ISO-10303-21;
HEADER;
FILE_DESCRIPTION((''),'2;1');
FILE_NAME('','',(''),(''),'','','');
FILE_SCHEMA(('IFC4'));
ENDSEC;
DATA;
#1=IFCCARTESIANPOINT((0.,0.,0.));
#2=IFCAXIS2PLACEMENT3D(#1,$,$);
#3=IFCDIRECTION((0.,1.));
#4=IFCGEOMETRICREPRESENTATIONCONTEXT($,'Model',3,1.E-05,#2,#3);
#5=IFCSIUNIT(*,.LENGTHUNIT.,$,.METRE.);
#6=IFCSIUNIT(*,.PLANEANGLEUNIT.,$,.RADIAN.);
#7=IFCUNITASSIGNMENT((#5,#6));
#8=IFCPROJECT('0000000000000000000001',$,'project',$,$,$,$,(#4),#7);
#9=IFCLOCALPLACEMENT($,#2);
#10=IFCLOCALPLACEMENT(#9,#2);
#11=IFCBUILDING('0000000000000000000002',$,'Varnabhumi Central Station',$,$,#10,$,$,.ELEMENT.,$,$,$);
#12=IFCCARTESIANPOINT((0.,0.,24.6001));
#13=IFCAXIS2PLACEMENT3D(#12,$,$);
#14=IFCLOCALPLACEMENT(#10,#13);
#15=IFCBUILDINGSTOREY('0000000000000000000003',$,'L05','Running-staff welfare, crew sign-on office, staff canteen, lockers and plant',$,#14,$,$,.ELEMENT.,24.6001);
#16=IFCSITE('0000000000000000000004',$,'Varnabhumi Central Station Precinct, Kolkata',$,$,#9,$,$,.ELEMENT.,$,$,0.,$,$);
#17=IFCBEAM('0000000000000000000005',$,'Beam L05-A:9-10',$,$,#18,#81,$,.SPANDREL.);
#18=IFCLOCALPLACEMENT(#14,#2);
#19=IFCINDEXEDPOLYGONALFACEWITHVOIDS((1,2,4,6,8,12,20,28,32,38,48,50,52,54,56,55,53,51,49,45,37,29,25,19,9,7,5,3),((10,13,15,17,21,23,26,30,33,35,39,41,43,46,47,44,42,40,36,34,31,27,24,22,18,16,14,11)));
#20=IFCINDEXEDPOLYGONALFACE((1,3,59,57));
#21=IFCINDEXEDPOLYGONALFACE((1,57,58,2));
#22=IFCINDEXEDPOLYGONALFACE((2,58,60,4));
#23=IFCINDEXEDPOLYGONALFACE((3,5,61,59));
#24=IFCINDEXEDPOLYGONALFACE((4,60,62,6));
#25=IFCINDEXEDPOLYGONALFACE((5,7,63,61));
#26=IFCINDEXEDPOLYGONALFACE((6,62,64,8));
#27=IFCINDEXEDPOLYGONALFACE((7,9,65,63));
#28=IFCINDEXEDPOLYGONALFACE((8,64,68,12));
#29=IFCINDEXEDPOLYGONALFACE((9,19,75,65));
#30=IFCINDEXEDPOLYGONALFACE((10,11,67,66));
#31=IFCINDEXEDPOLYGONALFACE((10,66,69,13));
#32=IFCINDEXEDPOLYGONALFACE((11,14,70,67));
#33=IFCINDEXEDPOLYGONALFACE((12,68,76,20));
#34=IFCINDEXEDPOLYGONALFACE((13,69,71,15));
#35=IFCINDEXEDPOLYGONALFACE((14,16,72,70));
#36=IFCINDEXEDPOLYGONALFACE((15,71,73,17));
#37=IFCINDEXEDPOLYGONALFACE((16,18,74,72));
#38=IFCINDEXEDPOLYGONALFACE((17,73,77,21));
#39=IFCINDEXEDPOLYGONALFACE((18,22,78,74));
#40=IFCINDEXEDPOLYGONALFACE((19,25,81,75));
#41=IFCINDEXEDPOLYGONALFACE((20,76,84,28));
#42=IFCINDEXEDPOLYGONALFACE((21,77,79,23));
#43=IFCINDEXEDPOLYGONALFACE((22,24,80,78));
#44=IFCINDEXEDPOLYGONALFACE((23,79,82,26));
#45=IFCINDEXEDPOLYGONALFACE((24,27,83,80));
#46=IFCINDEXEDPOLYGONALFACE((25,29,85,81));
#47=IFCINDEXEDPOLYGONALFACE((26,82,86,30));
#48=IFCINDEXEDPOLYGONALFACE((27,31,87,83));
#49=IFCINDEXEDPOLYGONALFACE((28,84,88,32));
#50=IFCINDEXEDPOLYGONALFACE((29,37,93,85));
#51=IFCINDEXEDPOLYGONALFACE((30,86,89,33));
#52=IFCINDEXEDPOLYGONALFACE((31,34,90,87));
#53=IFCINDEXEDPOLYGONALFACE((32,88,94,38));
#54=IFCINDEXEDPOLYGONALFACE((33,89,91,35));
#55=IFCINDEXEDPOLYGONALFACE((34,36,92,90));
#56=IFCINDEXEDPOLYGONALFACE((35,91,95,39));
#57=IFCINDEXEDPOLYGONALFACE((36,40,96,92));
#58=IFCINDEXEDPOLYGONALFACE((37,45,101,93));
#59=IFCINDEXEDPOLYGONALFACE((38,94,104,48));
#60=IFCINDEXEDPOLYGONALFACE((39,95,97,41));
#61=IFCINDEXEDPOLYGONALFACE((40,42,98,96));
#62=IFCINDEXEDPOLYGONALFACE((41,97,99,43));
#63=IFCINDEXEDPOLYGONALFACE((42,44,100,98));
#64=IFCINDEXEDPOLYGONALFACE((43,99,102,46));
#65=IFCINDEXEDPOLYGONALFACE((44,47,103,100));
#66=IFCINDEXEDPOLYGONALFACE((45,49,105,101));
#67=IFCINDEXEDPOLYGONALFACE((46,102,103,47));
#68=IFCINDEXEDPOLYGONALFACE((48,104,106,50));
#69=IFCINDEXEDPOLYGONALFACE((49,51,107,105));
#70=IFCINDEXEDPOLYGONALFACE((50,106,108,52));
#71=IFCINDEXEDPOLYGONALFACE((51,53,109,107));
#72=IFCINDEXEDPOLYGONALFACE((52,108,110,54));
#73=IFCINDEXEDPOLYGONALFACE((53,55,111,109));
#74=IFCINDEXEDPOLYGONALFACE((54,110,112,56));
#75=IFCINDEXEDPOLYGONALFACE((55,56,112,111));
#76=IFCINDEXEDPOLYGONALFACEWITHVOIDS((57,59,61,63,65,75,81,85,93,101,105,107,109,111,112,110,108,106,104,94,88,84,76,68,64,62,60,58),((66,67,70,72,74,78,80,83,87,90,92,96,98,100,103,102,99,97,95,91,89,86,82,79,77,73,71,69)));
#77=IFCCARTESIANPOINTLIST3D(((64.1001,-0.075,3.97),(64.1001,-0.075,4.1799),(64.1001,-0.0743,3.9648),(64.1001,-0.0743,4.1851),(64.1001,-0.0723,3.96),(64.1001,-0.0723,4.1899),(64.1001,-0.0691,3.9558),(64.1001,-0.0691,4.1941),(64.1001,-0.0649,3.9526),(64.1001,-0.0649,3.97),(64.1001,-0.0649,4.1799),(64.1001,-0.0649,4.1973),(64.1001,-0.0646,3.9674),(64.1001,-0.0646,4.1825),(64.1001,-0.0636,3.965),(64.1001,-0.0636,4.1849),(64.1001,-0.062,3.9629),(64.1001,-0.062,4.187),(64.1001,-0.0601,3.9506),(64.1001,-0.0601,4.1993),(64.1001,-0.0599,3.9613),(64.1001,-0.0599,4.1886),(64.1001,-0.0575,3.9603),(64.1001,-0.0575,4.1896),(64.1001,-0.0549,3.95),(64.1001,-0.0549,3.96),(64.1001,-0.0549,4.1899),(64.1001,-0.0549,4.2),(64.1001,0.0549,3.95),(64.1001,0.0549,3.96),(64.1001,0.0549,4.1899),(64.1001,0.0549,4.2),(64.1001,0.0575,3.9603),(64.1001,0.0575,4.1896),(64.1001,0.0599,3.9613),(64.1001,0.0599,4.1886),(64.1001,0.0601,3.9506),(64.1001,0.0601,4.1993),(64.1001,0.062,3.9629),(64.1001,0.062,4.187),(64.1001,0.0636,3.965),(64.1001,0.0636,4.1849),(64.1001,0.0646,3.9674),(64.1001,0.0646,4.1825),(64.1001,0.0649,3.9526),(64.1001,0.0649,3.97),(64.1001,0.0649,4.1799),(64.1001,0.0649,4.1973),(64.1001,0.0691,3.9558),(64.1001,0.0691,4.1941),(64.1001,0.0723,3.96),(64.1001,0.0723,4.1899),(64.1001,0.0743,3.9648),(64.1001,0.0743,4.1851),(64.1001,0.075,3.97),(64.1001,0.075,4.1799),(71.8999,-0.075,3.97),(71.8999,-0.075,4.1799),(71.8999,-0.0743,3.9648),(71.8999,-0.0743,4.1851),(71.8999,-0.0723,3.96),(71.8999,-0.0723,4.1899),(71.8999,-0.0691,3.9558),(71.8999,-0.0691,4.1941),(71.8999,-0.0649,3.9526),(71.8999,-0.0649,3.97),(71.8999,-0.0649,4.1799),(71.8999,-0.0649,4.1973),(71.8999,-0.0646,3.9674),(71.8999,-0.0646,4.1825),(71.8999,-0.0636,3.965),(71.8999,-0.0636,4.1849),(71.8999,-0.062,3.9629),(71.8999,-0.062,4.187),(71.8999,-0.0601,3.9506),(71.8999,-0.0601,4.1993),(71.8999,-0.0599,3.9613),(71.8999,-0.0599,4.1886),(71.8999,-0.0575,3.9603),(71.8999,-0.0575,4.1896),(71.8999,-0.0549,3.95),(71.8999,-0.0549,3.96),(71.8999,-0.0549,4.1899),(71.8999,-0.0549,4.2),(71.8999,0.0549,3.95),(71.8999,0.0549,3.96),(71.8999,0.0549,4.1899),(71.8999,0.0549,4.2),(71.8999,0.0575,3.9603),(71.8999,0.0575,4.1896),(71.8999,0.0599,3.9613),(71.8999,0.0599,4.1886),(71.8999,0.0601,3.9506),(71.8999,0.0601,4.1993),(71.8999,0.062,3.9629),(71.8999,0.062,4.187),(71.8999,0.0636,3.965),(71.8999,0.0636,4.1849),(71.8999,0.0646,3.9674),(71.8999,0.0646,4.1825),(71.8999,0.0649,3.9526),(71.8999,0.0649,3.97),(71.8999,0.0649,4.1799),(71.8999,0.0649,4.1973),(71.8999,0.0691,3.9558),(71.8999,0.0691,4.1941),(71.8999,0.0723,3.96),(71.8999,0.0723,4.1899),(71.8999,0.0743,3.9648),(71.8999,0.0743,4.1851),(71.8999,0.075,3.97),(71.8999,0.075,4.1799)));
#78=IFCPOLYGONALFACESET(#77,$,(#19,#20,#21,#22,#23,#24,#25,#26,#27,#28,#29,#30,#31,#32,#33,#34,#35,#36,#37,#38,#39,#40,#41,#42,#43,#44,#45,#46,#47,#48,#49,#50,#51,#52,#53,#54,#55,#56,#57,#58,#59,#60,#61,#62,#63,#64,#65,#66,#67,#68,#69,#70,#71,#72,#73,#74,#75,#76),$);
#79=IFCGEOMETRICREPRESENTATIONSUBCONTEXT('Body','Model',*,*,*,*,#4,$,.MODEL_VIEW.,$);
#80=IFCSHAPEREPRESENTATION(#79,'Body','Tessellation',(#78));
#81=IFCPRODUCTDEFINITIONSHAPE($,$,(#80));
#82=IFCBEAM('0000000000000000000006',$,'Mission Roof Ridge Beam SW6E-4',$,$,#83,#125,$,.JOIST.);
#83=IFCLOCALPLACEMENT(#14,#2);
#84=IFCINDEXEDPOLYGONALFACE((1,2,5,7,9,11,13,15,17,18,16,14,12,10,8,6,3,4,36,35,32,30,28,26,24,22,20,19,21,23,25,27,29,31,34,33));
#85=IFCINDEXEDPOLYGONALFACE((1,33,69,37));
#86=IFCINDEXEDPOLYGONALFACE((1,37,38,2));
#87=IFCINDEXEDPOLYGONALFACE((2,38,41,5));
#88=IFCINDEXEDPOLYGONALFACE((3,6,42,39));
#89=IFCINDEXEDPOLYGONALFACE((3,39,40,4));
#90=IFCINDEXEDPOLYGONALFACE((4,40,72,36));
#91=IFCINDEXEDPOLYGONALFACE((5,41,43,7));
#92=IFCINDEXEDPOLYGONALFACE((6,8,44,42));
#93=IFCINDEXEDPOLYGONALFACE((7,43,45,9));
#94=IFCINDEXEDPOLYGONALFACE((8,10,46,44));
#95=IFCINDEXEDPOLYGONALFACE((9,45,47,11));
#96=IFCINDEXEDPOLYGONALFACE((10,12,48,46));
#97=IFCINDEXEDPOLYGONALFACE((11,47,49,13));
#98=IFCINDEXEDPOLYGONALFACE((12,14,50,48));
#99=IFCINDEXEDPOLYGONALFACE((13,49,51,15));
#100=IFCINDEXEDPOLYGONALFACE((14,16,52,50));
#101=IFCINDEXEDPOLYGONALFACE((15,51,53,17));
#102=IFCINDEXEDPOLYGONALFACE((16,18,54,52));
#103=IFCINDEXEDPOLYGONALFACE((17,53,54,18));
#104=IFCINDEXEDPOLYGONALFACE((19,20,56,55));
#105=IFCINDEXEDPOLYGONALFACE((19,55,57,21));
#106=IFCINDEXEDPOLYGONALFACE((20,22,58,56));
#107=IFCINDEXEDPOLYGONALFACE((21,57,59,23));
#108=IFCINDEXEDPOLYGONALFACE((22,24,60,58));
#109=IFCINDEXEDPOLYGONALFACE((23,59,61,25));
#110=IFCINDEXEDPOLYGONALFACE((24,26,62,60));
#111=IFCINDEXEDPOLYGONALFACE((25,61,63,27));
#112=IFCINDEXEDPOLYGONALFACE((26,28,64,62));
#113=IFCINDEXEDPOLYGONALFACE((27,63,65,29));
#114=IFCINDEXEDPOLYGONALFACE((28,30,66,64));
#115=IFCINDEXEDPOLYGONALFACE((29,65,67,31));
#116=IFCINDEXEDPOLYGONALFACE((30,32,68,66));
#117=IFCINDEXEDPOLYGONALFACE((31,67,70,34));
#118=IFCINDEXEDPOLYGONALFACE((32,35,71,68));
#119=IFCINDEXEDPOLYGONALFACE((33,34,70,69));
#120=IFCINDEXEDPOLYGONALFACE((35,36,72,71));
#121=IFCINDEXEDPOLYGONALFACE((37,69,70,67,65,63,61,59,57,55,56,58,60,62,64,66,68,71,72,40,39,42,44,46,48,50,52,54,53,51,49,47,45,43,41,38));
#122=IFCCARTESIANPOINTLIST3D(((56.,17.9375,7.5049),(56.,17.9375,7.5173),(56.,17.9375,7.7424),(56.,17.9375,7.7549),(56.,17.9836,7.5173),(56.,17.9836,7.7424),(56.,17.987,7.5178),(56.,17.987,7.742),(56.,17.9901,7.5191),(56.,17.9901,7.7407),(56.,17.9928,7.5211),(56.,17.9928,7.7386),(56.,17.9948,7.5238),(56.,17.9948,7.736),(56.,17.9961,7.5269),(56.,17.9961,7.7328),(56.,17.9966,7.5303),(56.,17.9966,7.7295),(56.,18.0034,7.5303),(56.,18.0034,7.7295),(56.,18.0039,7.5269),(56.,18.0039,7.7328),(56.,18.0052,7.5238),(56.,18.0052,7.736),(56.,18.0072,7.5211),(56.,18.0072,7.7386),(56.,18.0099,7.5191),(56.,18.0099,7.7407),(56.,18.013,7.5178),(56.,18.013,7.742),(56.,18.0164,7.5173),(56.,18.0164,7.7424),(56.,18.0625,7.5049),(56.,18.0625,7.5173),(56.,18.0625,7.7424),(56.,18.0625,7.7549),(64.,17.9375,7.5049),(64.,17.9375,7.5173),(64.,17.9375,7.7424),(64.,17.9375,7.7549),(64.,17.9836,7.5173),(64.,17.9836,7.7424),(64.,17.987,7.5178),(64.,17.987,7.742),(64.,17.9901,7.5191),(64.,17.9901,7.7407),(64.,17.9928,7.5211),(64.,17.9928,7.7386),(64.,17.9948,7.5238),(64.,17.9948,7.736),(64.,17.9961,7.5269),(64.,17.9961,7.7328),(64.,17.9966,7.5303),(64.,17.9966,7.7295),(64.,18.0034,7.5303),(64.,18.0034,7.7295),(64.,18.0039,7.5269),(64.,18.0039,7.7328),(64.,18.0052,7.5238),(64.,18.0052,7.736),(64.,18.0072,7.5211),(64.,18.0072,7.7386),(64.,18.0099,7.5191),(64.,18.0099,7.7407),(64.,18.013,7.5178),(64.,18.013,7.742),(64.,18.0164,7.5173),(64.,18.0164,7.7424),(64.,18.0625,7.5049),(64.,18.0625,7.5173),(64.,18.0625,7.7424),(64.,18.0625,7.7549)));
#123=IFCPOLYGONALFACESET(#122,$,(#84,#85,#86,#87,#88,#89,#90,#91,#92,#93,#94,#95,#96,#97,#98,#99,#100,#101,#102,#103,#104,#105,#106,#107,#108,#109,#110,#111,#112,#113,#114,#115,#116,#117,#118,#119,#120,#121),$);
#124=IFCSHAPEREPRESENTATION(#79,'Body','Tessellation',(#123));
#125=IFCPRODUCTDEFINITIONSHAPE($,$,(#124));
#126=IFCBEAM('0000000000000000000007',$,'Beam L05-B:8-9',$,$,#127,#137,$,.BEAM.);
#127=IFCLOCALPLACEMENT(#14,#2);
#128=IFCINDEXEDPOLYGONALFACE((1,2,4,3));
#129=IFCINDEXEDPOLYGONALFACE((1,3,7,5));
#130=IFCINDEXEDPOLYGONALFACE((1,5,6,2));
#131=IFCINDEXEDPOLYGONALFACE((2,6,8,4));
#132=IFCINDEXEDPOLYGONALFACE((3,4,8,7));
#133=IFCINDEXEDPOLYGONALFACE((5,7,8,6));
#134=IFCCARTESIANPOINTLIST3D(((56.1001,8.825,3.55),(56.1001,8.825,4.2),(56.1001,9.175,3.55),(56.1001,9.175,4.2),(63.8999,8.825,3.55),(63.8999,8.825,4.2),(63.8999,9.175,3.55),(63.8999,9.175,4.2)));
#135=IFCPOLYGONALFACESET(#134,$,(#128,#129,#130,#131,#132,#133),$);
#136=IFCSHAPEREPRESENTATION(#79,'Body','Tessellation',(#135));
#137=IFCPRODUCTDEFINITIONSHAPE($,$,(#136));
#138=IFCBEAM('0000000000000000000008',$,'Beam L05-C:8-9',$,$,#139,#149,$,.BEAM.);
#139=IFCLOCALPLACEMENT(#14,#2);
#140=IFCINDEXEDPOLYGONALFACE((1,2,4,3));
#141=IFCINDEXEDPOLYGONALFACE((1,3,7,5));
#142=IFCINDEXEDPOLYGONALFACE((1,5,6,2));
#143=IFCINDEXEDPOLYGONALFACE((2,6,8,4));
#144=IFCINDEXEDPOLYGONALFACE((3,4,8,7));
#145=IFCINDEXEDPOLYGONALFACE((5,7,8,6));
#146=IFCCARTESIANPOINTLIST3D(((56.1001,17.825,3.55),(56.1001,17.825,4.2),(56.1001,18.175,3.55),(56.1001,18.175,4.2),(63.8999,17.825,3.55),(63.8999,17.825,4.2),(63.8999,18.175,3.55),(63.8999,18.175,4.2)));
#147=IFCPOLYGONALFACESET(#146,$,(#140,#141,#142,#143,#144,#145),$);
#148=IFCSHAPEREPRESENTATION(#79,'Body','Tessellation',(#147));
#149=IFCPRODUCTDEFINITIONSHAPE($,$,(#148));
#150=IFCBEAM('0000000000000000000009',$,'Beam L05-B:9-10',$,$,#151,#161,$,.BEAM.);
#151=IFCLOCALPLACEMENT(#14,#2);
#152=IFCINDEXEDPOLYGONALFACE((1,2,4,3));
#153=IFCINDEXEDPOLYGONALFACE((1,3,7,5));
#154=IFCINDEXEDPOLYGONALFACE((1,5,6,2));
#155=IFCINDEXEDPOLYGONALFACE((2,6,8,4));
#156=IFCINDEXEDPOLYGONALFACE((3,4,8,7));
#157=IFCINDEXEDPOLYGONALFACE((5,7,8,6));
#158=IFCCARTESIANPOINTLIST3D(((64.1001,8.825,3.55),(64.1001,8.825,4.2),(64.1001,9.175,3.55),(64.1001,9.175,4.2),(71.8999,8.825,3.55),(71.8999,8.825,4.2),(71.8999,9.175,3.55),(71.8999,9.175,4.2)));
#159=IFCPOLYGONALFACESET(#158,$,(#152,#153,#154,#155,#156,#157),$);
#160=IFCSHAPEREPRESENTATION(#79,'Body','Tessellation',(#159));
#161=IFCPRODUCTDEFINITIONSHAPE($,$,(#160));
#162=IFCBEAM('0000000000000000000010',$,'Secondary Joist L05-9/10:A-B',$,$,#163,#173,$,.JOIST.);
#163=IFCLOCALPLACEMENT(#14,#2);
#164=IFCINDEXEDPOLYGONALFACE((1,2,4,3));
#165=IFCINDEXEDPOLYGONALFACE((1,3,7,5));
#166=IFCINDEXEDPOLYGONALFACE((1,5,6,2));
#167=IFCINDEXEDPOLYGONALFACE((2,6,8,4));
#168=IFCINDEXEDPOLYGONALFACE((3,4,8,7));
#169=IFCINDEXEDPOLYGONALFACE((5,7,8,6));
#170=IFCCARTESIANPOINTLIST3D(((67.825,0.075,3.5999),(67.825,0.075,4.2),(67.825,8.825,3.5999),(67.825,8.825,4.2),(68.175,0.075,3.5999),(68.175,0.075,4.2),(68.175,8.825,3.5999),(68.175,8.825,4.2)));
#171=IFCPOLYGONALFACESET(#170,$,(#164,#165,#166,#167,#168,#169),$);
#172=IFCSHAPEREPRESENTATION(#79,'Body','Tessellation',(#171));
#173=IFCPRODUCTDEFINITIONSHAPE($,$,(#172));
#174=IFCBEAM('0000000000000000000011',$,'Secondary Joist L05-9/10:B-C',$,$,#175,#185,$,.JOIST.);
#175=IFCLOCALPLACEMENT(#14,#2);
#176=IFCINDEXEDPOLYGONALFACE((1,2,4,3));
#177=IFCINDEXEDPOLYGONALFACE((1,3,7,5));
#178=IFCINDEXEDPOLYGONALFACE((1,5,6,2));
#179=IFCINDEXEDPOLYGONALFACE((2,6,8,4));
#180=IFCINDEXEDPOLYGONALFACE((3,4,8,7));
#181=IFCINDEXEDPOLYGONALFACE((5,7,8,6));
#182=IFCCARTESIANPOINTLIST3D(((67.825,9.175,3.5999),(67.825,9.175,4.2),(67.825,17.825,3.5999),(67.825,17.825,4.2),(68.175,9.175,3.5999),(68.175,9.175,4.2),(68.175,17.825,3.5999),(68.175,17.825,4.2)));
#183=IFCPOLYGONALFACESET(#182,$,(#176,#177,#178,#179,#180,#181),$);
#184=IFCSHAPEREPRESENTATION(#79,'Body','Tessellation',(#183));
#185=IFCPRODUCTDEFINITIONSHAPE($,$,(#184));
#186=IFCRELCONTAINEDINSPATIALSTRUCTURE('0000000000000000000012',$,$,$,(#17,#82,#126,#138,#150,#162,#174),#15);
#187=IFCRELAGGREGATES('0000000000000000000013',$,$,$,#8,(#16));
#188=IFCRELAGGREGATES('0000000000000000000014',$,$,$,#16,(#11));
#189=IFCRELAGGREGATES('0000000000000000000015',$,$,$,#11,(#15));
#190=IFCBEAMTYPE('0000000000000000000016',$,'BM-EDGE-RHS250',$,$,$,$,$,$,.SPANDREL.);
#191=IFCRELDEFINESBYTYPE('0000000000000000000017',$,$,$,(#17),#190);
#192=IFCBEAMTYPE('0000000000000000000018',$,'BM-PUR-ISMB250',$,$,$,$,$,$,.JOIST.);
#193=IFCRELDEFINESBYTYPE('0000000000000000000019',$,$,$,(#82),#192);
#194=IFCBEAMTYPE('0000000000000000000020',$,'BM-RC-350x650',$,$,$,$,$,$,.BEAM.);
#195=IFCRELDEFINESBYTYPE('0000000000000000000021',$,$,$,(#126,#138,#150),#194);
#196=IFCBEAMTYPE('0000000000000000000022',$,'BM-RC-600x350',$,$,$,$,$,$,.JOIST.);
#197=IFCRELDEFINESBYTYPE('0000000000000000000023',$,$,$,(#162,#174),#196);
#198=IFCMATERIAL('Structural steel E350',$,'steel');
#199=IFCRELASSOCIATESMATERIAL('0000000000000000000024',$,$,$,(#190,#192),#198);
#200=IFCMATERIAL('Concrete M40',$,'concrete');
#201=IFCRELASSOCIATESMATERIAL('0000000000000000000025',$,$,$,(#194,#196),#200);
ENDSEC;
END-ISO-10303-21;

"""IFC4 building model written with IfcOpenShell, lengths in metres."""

from ifc_helpers import new_model, si_unit, direction, frame, origin, origin_2d, place, context, subcontext, project, spatial, rectangle, hollow_rectangle, i_section, extrude, material, material_profile, profile_set, type_object, element, save


model = new_model("IFC4")

# Units and contexts
model_context = context("Model", 3, precision=1e-05, world=origin(), true_north=direction((0.0, 1.0)))
body_context = subcontext(model_context, "Body", "Model", "MODEL_VIEW")
ifc_project = project(units=[si_unit("LENGTHUNIT", "METRE"), si_unit("PLANEANGLEUNIT", "RADIAN")], contexts=[model_context])

# Site, building, storey
site_placement = place(None, origin())
site = spatial("IfcSite", under=ifc_project, at=site_placement, Name="Varnabhumi Central Station Precinct, Kolkata", CompositionType="ELEMENT", RefElevation=0.0)
building_placement = place(site_placement, origin())
building = spatial("IfcBuilding", under=site, at=building_placement, Name="Varnabhumi Central Station", CompositionType="ELEMENT")
storey_placement = place(building_placement, frame((0.0, 0.0, 24.6001)))
storey = spatial("IfcBuildingStorey", under=building, at=storey_placement, Name="L05", Description="Running-staff welfare, crew sign-on office, staff canteen, lockers and plant", CompositionType="ELEMENT", Elevation=24.6001)

# Shared definitions
ifc_material_1 = material(Name="Concrete M40", Category="concrete")
ifc_material_2 = material(Name="Structural steel E350", Category="steel")

# Beams
ifc_material_profile_1 = material_profile(ifc_material_2, hollow_rectangle(XDim=0.1499, YDim=0.25, WallThickness=0.01, InnerFilletRadius=0.01, OuterFilletRadius=0.02, at=origin_2d()), Name="Structural steel E350", Category="steel")
ifc_profile_set_1 = profile_set([ifc_material_profile_1], Name="Structural steel E350")
beam_type_1 = type_object("IfcBeamType", Name="BM-EDGE-RHS250", PredefinedType="SPANDREL", material=ifc_profile_set_1)
for number, where, z_axis, x_axis, name in (
    (1, (64.1001, 0.0, 4.075), (1.0, 0.0, 0.0), (0.0, 1.0, 0.0), "Beam L05-A:9-10"),
):
    element("IfcBeam", number, at=place(storey_placement, frame(where, z_axis=z_axis, x_axis=x_axis)), inside=storey, type_object=beam_type_1, Name=name, PredefinedType="SPANDREL", context=body_context, shape_type="SweptSolid", body=[
        extrude(hollow_rectangle(XDim=0.1499, YDim=0.25, WallThickness=0.01, InnerFilletRadius=0.01, OuterFilletRadius=0.02, at=origin_2d()), origin(), (0.0, 0.0, 1.0), 7.7998),
    ])
ifc_material_profile_2 = material_profile(ifc_material_2, i_section(OverallWidth=0.125, OverallDepth=0.25, WebThickness=0.0068, FlangeThickness=0.0125, FilletRadius=0.0129, at=origin_2d()), Name="Structural steel E350", Category="steel")
ifc_profile_set_2 = profile_set([ifc_material_profile_2], Name="Structural steel E350")
beam_type_2 = type_object("IfcBeamType", Name="BM-PUR-ISMB250", PredefinedType="JOIST", material=ifc_profile_set_2)
beam_1_placement = place(storey_placement, frame((56.0, 18.0, 7.6299), z_axis=(1.0, 0.0, 0.0), x_axis=(0.0, 1.0, 0.0)))
element("IfcBeam", 2, at=beam_1_placement, inside=storey, type_object=beam_type_2, Name="Mission Roof Ridge Beam SW6E-4", PredefinedType="JOIST", context=body_context, shape_type="SweptSolid", body=[
    extrude(i_section(OverallWidth=0.125, OverallDepth=0.25, WebThickness=0.0068, FlangeThickness=0.0125, FilletRadius=0.0129, at=origin_2d()), origin(), (0.0, 0.0, 1.0), 8.0),
])
ifc_material_profile_3 = material_profile(ifc_material_1, rectangle(XDim=0.3501, YDim=0.6499, at=origin_2d()), Name="Concrete M40", Category="concrete")
ifc_profile_set_3 = profile_set([ifc_material_profile_3], Name="Concrete M40")
beam_type_3 = type_object("IfcBeamType", Name="BM-RC-350x650", PredefinedType="BEAM", material=ifc_profile_set_3)
for number, where, z_axis, x_axis, name in (
    (3, (56.1001, 9.0, 3.875), (1.0, 0.0, 0.0), (0.0, 1.0, 0.0), "Beam L05-B:8-9"),
    (4, (56.1001, 18.0, 3.875), (1.0, 0.0, 0.0), (0.0, 1.0, 0.0), "Beam L05-C:8-9"),
    (5, (64.1001, 9.0, 3.875), (1.0, 0.0, 0.0), (0.0, 1.0, 0.0), "Beam L05-B:9-10"),
):
    element("IfcBeam", number, at=place(storey_placement, frame(where, z_axis=z_axis, x_axis=x_axis)), inside=storey, type_object=beam_type_3, Name=name, PredefinedType="BEAM", context=body_context, shape_type="SweptSolid", body=[
        extrude(rectangle(XDim=0.3501, YDim=0.6499, at=origin_2d()), origin(), (0.0, 0.0, 1.0), 7.7998),
    ])
ifc_material_profile_4 = material_profile(ifc_material_1, rectangle(XDim=0.3501, YDim=0.6001, at=origin_2d()), Name="Concrete M40", Category="concrete")
ifc_profile_set_4 = profile_set([ifc_material_profile_4], Name="Concrete M40")
beam_type_4 = type_object("IfcBeamType", Name="BM-RC-600x350", PredefinedType="JOIST", material=ifc_profile_set_4)
beam_2_placement = place(storey_placement, frame((68.0, 0.075, 3.8999), z_axis=(0.0, 1.0, 0.0), x_axis=(-1.0, 0.0, 0.0)))
element("IfcBeam", 6, at=beam_2_placement, inside=storey, type_object=beam_type_4, Name="Secondary Joist L05-9/10:A-B", PredefinedType="JOIST", context=body_context, shape_type="SweptSolid", body=[
    extrude(rectangle(XDim=0.3501, YDim=0.6001, at=origin_2d()), origin(), (0.0, 0.0, 1.0), 8.75),
])
beam_3_placement = place(storey_placement, frame((68.0, 9.175, 3.8999), z_axis=(0.0, 1.0, 0.0), x_axis=(-1.0, 0.0, 0.0)))
element("IfcBeam", 7, at=beam_3_placement, inside=storey, type_object=beam_type_4, Name="Secondary Joist L05-9/10:B-C", PredefinedType="JOIST", context=body_context, shape_type="SweptSolid", body=[
    extrude(rectangle(XDim=0.3501, YDim=0.6001, at=origin_2d()), origin(), (0.0, 0.0, 1.0), 8.6499),
])

save(model, "model.ifc")
